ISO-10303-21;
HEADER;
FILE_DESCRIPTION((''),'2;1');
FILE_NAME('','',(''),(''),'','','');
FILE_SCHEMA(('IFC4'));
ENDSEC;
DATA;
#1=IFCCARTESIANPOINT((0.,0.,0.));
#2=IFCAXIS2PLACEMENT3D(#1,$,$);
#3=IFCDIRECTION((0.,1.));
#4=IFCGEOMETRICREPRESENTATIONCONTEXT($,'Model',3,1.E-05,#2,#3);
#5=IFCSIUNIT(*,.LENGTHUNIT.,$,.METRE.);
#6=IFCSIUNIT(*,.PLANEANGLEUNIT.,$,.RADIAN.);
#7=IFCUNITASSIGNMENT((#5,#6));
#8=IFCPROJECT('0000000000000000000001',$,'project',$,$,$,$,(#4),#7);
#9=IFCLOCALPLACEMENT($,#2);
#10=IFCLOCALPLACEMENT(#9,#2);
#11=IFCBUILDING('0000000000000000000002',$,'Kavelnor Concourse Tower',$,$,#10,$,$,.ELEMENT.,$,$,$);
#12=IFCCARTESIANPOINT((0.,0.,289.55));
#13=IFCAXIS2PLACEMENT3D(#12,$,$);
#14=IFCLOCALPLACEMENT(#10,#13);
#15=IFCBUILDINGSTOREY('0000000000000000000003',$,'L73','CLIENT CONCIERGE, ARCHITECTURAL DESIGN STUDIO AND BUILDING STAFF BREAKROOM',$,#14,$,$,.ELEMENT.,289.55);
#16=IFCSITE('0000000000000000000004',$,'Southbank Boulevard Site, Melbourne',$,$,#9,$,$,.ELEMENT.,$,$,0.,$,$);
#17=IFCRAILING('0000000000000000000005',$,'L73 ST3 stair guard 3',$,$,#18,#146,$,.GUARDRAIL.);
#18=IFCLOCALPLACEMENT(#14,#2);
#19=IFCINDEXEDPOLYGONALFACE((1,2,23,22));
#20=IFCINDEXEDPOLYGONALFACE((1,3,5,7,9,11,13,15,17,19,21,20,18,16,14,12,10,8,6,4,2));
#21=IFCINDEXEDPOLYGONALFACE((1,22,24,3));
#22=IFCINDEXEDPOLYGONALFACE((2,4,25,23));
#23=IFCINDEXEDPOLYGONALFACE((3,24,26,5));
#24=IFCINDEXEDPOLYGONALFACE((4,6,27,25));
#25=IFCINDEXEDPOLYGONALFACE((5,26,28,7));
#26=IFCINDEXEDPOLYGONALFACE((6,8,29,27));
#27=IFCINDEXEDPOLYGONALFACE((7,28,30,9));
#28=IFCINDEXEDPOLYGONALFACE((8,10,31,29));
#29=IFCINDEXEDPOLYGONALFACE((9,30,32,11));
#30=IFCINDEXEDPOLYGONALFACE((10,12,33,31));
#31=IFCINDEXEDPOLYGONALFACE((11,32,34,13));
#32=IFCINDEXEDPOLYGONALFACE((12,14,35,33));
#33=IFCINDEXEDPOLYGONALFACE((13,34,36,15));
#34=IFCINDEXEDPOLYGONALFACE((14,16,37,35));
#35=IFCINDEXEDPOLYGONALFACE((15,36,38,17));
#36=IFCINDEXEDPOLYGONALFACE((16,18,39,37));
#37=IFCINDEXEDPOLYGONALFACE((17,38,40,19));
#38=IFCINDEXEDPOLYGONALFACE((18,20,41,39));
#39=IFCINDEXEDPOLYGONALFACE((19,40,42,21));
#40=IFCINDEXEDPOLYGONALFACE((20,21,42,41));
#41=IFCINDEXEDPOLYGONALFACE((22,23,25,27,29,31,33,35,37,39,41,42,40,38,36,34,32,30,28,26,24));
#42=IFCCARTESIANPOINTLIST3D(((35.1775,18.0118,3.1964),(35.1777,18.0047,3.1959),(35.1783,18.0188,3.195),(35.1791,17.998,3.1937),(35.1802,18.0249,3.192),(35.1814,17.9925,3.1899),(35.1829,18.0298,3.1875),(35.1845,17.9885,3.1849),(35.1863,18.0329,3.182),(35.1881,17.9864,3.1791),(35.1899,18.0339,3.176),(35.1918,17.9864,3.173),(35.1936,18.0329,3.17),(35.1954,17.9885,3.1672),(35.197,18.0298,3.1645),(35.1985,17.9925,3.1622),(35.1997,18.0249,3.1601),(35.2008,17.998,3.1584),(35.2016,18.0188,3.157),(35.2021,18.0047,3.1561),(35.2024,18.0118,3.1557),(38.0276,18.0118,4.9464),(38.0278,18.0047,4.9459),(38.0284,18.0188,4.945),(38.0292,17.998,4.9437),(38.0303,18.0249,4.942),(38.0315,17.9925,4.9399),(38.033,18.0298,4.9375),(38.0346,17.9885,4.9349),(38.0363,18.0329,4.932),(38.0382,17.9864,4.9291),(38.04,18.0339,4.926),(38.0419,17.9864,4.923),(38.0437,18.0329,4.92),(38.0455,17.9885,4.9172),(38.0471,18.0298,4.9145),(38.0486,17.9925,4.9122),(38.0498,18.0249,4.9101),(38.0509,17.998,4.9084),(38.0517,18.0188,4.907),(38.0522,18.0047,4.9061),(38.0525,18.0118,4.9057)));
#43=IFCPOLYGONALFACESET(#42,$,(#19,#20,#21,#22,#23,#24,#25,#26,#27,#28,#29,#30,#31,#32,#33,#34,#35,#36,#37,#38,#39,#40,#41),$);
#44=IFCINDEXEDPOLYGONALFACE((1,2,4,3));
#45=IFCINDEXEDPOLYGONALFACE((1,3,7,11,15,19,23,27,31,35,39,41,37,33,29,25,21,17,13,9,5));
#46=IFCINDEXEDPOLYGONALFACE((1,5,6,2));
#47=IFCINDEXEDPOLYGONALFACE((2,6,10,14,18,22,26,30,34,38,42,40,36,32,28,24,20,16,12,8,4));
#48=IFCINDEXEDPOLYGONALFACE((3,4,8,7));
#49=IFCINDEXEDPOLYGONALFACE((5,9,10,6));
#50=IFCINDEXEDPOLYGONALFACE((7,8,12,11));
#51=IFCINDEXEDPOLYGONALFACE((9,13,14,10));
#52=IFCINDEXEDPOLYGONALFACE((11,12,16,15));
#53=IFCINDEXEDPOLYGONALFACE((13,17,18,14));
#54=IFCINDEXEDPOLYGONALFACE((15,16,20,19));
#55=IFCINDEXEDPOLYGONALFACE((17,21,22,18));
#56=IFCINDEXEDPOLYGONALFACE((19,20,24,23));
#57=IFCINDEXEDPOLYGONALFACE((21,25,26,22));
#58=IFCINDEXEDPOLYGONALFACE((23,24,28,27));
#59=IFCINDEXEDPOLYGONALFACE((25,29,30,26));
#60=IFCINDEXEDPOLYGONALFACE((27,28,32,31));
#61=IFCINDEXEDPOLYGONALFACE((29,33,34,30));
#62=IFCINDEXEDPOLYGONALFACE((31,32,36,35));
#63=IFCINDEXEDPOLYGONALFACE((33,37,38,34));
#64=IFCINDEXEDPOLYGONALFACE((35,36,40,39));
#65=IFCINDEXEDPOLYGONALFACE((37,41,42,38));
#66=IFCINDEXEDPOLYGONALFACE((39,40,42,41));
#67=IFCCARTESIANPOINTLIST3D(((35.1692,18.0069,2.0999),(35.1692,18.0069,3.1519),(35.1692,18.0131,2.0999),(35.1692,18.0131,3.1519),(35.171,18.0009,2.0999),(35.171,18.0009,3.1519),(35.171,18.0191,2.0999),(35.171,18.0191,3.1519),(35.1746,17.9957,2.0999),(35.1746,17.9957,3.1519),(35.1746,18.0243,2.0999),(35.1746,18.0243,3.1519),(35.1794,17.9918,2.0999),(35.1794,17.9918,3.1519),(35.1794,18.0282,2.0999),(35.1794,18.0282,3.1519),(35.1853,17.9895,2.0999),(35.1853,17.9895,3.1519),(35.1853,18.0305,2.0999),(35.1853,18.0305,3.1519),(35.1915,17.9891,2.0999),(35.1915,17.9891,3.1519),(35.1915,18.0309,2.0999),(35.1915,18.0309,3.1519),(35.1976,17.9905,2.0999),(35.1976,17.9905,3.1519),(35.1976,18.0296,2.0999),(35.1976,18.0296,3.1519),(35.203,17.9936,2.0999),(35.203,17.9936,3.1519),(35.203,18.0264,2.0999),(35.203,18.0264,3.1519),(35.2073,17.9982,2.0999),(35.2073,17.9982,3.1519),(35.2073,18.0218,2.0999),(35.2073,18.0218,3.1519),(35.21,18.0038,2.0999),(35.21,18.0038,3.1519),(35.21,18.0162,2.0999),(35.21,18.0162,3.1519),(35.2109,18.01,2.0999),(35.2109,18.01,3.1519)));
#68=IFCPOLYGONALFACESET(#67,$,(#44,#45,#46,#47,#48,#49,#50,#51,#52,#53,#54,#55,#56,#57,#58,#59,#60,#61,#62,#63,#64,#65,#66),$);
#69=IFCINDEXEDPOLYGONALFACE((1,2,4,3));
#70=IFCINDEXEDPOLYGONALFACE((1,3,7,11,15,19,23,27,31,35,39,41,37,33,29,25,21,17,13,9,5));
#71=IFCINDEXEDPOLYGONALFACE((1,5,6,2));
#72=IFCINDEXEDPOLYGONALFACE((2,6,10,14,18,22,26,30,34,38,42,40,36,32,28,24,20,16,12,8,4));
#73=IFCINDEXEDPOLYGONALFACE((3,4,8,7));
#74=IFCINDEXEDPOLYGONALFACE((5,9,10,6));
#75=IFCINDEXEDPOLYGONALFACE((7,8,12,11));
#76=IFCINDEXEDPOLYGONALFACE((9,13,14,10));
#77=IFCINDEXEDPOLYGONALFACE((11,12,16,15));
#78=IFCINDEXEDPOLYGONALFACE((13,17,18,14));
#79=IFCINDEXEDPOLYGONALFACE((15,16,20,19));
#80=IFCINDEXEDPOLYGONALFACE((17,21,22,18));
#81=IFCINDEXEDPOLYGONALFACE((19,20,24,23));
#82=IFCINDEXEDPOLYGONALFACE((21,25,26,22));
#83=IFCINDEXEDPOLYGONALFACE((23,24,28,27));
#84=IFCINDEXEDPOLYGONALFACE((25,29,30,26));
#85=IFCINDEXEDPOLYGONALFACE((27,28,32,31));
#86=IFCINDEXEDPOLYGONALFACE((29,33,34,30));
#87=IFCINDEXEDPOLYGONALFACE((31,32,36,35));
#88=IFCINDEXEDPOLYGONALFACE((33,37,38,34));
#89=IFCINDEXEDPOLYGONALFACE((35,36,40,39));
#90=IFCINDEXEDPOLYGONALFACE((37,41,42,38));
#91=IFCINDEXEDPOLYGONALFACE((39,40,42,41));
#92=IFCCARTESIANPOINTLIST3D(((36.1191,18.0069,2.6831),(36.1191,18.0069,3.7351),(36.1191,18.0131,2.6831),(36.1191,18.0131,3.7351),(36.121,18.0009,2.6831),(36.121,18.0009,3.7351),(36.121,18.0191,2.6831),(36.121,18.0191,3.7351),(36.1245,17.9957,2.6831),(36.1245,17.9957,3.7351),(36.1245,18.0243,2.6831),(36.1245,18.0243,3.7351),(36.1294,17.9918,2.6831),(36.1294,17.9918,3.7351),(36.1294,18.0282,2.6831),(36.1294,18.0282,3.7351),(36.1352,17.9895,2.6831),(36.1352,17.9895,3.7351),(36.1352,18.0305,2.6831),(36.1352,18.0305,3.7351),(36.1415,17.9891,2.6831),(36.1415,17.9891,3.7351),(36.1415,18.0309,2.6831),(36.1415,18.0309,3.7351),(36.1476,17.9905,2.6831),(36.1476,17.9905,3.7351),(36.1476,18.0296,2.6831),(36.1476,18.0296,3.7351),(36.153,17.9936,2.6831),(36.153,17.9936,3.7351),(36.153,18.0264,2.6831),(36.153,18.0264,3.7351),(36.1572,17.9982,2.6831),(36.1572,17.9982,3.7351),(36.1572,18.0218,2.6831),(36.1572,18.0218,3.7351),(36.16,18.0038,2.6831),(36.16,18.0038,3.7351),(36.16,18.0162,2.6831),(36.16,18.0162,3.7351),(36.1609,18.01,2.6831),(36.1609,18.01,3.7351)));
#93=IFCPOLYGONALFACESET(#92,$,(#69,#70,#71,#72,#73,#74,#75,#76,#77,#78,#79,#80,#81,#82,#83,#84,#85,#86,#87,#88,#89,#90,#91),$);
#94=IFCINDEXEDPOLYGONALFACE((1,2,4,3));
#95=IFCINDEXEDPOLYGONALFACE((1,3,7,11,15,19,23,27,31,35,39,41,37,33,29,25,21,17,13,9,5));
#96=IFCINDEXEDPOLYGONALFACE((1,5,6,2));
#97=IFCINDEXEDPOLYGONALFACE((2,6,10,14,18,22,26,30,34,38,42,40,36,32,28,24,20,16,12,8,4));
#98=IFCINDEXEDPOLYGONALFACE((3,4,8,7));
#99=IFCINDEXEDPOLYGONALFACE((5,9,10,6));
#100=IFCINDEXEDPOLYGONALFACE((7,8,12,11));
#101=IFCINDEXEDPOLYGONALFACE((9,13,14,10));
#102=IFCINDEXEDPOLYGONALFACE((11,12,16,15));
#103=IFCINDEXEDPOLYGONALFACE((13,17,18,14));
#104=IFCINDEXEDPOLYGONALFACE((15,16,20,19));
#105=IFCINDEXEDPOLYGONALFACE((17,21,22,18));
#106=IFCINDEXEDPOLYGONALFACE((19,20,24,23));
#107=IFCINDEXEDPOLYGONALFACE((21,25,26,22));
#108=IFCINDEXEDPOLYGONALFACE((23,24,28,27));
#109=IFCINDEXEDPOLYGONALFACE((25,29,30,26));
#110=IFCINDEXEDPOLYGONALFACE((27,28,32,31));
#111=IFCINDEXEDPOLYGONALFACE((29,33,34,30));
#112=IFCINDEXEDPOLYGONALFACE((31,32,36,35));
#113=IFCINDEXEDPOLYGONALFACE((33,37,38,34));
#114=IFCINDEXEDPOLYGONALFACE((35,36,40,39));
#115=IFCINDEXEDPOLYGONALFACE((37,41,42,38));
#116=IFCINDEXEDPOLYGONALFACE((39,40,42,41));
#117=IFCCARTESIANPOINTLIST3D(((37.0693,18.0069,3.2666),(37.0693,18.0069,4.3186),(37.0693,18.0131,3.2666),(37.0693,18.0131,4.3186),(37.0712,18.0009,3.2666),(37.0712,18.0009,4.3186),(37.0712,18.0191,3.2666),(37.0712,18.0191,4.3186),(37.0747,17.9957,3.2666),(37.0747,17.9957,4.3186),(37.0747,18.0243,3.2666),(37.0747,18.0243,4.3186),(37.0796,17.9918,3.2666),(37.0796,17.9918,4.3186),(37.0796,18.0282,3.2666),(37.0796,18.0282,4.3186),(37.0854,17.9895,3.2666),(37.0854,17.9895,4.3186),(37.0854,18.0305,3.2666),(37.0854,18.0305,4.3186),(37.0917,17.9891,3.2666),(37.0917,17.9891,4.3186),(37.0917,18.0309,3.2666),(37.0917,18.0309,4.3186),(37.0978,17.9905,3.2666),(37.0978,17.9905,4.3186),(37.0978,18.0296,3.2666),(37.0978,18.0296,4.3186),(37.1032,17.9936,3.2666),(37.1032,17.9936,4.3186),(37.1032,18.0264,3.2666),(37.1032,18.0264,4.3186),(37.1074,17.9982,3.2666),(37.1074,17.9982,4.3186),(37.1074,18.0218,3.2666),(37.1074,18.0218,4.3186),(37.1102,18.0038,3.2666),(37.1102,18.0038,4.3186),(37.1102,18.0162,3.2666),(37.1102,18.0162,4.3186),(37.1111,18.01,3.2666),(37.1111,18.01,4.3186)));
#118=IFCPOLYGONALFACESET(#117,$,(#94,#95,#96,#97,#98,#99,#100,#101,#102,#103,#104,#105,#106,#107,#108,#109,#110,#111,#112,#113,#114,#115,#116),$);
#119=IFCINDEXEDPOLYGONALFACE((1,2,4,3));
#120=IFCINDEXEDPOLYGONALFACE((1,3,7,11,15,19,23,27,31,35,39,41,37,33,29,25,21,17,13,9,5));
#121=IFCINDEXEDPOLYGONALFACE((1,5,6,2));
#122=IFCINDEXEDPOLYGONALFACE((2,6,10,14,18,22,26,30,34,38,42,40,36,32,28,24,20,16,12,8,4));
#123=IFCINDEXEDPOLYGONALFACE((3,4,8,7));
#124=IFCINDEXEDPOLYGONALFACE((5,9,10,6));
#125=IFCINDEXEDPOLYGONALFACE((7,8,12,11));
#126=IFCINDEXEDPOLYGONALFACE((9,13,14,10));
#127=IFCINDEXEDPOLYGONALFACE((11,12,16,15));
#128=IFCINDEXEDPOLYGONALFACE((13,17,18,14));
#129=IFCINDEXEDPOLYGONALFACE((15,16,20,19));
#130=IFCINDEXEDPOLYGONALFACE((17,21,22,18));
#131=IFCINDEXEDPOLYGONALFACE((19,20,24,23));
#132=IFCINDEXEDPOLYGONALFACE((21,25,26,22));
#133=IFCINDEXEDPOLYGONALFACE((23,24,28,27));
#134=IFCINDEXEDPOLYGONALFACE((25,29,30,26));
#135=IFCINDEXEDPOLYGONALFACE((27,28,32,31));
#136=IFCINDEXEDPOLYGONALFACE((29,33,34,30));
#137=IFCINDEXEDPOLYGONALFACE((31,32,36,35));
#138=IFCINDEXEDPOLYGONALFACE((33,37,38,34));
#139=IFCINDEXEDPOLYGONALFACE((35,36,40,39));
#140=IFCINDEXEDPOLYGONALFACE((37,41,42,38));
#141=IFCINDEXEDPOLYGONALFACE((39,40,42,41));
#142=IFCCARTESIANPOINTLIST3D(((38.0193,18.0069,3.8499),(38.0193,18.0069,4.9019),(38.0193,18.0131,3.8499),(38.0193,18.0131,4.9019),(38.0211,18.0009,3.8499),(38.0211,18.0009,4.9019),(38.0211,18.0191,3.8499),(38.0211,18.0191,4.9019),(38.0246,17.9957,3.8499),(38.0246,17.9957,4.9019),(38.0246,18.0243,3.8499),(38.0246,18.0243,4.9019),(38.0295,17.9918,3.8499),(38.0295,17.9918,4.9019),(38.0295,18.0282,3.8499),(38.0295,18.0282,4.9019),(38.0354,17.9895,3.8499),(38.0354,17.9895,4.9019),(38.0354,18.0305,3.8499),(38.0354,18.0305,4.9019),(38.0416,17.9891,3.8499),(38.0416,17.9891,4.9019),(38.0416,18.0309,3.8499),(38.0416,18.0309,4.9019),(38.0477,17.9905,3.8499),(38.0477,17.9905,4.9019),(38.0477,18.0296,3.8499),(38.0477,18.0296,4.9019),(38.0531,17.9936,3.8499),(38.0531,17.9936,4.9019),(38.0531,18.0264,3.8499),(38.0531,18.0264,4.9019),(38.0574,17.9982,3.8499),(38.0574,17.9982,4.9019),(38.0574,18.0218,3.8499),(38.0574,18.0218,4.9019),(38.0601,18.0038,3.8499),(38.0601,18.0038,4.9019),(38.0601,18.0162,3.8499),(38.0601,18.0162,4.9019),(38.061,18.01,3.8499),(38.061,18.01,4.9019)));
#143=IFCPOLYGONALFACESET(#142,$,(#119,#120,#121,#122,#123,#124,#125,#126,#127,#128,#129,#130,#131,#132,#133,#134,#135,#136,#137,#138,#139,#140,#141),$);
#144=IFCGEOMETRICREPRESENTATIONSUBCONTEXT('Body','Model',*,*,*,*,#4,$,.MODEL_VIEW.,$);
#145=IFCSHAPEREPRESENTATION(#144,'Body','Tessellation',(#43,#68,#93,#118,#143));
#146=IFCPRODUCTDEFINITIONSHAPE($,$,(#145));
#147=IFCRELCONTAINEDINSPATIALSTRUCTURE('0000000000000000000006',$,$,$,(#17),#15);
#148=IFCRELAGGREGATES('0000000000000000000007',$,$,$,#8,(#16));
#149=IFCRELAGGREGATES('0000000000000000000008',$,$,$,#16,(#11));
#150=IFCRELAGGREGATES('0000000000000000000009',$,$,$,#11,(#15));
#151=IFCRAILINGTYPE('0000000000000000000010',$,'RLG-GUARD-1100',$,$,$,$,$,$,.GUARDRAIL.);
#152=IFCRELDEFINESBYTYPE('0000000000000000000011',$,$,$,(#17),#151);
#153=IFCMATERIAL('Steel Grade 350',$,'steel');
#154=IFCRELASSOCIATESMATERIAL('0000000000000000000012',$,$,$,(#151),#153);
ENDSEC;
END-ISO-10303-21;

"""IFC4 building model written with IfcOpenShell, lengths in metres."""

from ifc_helpers import new_model, si_unit, direction, frame, origin, origin_2d, place, context, subcontext, project, spatial, circle, extrude, material, type_object, element, save


model = new_model("IFC4")

# Units and contexts
model_context = context("Model", 3, precision=1e-05, world=origin(), true_north=direction((0.0, 1.0)))
body_context = subcontext(model_context, "Body", "Model", "MODEL_VIEW")
ifc_project = project(units=[si_unit("LENGTHUNIT", "METRE"), si_unit("PLANEANGLEUNIT", "RADIAN")], contexts=[model_context])

# Site, building, storey
site_placement = place(None, origin())
site = spatial("IfcSite", under=ifc_project, at=site_placement, Name="Southbank Boulevard Site, Melbourne", CompositionType="ELEMENT", RefElevation=0.0)
building_placement = place(site_placement, origin())
building = spatial("IfcBuilding", under=site, at=building_placement, Name="Kavelnor Concourse Tower", CompositionType="ELEMENT")
storey_placement = place(building_placement, frame((0.0, 0.0, 289.55)))
storey = spatial("IfcBuildingStorey", under=building, at=storey_placement, Name="L73", Description="CLIENT CONCIERGE, ARCHITECTURAL DESIGN STUDIO AND BUILDING STAFF BREAKROOM", CompositionType="ELEMENT", Elevation=289.55)

# Shared definitions
ifc_material_1 = material(Name="Steel Grade 350", Category="steel")

# Railing
railing_type_1 = type_object("IfcRailingType", Name="RLG-GUARD-1100", PredefinedType="GUARDRAIL", material=ifc_material_1)
railing_1_placement = place(storey_placement, frame((35.1899, 18.01, 2.0999)))
element("IfcRailing", 1, at=railing_1_placement, inside=storey, type_object=railing_type_1, Name="L73 ST3 stair guard 3", PredefinedType="GUARDRAIL", context=body_context, shape_type="SweptSolid", body=[
    extrude(circle(Radius=0.0239, at=origin_2d()), frame((0.0, 0.0, 1.0762), z_axis=(0.852179, 0.0, 0.52325), x_axis=(0.0, 1.0, 0.0)), (0.0, 0.0, 1.0), 3.3445),
    extrude(circle(Radius=0.021, at=origin_2d()), origin(), (0.0, 0.0, 1.0), 1.052),
    extrude(circle(Radius=0.021, at=origin_2d()), frame((0.95, 0.0, 0.5833)), (0.0, 0.0, 1.0), 1.052),
    extrude(circle(Radius=0.021, at=origin_2d()), frame((1.9001, 0.0, 1.1667)), (0.0, 0.0, 1.0), 1.052),
    extrude(circle(Radius=0.021, at=origin_2d()), frame((2.8501, 0.0, 1.75)), (0.0, 0.0, 1.0), 1.052),
])

save(model, "model.ifc")
